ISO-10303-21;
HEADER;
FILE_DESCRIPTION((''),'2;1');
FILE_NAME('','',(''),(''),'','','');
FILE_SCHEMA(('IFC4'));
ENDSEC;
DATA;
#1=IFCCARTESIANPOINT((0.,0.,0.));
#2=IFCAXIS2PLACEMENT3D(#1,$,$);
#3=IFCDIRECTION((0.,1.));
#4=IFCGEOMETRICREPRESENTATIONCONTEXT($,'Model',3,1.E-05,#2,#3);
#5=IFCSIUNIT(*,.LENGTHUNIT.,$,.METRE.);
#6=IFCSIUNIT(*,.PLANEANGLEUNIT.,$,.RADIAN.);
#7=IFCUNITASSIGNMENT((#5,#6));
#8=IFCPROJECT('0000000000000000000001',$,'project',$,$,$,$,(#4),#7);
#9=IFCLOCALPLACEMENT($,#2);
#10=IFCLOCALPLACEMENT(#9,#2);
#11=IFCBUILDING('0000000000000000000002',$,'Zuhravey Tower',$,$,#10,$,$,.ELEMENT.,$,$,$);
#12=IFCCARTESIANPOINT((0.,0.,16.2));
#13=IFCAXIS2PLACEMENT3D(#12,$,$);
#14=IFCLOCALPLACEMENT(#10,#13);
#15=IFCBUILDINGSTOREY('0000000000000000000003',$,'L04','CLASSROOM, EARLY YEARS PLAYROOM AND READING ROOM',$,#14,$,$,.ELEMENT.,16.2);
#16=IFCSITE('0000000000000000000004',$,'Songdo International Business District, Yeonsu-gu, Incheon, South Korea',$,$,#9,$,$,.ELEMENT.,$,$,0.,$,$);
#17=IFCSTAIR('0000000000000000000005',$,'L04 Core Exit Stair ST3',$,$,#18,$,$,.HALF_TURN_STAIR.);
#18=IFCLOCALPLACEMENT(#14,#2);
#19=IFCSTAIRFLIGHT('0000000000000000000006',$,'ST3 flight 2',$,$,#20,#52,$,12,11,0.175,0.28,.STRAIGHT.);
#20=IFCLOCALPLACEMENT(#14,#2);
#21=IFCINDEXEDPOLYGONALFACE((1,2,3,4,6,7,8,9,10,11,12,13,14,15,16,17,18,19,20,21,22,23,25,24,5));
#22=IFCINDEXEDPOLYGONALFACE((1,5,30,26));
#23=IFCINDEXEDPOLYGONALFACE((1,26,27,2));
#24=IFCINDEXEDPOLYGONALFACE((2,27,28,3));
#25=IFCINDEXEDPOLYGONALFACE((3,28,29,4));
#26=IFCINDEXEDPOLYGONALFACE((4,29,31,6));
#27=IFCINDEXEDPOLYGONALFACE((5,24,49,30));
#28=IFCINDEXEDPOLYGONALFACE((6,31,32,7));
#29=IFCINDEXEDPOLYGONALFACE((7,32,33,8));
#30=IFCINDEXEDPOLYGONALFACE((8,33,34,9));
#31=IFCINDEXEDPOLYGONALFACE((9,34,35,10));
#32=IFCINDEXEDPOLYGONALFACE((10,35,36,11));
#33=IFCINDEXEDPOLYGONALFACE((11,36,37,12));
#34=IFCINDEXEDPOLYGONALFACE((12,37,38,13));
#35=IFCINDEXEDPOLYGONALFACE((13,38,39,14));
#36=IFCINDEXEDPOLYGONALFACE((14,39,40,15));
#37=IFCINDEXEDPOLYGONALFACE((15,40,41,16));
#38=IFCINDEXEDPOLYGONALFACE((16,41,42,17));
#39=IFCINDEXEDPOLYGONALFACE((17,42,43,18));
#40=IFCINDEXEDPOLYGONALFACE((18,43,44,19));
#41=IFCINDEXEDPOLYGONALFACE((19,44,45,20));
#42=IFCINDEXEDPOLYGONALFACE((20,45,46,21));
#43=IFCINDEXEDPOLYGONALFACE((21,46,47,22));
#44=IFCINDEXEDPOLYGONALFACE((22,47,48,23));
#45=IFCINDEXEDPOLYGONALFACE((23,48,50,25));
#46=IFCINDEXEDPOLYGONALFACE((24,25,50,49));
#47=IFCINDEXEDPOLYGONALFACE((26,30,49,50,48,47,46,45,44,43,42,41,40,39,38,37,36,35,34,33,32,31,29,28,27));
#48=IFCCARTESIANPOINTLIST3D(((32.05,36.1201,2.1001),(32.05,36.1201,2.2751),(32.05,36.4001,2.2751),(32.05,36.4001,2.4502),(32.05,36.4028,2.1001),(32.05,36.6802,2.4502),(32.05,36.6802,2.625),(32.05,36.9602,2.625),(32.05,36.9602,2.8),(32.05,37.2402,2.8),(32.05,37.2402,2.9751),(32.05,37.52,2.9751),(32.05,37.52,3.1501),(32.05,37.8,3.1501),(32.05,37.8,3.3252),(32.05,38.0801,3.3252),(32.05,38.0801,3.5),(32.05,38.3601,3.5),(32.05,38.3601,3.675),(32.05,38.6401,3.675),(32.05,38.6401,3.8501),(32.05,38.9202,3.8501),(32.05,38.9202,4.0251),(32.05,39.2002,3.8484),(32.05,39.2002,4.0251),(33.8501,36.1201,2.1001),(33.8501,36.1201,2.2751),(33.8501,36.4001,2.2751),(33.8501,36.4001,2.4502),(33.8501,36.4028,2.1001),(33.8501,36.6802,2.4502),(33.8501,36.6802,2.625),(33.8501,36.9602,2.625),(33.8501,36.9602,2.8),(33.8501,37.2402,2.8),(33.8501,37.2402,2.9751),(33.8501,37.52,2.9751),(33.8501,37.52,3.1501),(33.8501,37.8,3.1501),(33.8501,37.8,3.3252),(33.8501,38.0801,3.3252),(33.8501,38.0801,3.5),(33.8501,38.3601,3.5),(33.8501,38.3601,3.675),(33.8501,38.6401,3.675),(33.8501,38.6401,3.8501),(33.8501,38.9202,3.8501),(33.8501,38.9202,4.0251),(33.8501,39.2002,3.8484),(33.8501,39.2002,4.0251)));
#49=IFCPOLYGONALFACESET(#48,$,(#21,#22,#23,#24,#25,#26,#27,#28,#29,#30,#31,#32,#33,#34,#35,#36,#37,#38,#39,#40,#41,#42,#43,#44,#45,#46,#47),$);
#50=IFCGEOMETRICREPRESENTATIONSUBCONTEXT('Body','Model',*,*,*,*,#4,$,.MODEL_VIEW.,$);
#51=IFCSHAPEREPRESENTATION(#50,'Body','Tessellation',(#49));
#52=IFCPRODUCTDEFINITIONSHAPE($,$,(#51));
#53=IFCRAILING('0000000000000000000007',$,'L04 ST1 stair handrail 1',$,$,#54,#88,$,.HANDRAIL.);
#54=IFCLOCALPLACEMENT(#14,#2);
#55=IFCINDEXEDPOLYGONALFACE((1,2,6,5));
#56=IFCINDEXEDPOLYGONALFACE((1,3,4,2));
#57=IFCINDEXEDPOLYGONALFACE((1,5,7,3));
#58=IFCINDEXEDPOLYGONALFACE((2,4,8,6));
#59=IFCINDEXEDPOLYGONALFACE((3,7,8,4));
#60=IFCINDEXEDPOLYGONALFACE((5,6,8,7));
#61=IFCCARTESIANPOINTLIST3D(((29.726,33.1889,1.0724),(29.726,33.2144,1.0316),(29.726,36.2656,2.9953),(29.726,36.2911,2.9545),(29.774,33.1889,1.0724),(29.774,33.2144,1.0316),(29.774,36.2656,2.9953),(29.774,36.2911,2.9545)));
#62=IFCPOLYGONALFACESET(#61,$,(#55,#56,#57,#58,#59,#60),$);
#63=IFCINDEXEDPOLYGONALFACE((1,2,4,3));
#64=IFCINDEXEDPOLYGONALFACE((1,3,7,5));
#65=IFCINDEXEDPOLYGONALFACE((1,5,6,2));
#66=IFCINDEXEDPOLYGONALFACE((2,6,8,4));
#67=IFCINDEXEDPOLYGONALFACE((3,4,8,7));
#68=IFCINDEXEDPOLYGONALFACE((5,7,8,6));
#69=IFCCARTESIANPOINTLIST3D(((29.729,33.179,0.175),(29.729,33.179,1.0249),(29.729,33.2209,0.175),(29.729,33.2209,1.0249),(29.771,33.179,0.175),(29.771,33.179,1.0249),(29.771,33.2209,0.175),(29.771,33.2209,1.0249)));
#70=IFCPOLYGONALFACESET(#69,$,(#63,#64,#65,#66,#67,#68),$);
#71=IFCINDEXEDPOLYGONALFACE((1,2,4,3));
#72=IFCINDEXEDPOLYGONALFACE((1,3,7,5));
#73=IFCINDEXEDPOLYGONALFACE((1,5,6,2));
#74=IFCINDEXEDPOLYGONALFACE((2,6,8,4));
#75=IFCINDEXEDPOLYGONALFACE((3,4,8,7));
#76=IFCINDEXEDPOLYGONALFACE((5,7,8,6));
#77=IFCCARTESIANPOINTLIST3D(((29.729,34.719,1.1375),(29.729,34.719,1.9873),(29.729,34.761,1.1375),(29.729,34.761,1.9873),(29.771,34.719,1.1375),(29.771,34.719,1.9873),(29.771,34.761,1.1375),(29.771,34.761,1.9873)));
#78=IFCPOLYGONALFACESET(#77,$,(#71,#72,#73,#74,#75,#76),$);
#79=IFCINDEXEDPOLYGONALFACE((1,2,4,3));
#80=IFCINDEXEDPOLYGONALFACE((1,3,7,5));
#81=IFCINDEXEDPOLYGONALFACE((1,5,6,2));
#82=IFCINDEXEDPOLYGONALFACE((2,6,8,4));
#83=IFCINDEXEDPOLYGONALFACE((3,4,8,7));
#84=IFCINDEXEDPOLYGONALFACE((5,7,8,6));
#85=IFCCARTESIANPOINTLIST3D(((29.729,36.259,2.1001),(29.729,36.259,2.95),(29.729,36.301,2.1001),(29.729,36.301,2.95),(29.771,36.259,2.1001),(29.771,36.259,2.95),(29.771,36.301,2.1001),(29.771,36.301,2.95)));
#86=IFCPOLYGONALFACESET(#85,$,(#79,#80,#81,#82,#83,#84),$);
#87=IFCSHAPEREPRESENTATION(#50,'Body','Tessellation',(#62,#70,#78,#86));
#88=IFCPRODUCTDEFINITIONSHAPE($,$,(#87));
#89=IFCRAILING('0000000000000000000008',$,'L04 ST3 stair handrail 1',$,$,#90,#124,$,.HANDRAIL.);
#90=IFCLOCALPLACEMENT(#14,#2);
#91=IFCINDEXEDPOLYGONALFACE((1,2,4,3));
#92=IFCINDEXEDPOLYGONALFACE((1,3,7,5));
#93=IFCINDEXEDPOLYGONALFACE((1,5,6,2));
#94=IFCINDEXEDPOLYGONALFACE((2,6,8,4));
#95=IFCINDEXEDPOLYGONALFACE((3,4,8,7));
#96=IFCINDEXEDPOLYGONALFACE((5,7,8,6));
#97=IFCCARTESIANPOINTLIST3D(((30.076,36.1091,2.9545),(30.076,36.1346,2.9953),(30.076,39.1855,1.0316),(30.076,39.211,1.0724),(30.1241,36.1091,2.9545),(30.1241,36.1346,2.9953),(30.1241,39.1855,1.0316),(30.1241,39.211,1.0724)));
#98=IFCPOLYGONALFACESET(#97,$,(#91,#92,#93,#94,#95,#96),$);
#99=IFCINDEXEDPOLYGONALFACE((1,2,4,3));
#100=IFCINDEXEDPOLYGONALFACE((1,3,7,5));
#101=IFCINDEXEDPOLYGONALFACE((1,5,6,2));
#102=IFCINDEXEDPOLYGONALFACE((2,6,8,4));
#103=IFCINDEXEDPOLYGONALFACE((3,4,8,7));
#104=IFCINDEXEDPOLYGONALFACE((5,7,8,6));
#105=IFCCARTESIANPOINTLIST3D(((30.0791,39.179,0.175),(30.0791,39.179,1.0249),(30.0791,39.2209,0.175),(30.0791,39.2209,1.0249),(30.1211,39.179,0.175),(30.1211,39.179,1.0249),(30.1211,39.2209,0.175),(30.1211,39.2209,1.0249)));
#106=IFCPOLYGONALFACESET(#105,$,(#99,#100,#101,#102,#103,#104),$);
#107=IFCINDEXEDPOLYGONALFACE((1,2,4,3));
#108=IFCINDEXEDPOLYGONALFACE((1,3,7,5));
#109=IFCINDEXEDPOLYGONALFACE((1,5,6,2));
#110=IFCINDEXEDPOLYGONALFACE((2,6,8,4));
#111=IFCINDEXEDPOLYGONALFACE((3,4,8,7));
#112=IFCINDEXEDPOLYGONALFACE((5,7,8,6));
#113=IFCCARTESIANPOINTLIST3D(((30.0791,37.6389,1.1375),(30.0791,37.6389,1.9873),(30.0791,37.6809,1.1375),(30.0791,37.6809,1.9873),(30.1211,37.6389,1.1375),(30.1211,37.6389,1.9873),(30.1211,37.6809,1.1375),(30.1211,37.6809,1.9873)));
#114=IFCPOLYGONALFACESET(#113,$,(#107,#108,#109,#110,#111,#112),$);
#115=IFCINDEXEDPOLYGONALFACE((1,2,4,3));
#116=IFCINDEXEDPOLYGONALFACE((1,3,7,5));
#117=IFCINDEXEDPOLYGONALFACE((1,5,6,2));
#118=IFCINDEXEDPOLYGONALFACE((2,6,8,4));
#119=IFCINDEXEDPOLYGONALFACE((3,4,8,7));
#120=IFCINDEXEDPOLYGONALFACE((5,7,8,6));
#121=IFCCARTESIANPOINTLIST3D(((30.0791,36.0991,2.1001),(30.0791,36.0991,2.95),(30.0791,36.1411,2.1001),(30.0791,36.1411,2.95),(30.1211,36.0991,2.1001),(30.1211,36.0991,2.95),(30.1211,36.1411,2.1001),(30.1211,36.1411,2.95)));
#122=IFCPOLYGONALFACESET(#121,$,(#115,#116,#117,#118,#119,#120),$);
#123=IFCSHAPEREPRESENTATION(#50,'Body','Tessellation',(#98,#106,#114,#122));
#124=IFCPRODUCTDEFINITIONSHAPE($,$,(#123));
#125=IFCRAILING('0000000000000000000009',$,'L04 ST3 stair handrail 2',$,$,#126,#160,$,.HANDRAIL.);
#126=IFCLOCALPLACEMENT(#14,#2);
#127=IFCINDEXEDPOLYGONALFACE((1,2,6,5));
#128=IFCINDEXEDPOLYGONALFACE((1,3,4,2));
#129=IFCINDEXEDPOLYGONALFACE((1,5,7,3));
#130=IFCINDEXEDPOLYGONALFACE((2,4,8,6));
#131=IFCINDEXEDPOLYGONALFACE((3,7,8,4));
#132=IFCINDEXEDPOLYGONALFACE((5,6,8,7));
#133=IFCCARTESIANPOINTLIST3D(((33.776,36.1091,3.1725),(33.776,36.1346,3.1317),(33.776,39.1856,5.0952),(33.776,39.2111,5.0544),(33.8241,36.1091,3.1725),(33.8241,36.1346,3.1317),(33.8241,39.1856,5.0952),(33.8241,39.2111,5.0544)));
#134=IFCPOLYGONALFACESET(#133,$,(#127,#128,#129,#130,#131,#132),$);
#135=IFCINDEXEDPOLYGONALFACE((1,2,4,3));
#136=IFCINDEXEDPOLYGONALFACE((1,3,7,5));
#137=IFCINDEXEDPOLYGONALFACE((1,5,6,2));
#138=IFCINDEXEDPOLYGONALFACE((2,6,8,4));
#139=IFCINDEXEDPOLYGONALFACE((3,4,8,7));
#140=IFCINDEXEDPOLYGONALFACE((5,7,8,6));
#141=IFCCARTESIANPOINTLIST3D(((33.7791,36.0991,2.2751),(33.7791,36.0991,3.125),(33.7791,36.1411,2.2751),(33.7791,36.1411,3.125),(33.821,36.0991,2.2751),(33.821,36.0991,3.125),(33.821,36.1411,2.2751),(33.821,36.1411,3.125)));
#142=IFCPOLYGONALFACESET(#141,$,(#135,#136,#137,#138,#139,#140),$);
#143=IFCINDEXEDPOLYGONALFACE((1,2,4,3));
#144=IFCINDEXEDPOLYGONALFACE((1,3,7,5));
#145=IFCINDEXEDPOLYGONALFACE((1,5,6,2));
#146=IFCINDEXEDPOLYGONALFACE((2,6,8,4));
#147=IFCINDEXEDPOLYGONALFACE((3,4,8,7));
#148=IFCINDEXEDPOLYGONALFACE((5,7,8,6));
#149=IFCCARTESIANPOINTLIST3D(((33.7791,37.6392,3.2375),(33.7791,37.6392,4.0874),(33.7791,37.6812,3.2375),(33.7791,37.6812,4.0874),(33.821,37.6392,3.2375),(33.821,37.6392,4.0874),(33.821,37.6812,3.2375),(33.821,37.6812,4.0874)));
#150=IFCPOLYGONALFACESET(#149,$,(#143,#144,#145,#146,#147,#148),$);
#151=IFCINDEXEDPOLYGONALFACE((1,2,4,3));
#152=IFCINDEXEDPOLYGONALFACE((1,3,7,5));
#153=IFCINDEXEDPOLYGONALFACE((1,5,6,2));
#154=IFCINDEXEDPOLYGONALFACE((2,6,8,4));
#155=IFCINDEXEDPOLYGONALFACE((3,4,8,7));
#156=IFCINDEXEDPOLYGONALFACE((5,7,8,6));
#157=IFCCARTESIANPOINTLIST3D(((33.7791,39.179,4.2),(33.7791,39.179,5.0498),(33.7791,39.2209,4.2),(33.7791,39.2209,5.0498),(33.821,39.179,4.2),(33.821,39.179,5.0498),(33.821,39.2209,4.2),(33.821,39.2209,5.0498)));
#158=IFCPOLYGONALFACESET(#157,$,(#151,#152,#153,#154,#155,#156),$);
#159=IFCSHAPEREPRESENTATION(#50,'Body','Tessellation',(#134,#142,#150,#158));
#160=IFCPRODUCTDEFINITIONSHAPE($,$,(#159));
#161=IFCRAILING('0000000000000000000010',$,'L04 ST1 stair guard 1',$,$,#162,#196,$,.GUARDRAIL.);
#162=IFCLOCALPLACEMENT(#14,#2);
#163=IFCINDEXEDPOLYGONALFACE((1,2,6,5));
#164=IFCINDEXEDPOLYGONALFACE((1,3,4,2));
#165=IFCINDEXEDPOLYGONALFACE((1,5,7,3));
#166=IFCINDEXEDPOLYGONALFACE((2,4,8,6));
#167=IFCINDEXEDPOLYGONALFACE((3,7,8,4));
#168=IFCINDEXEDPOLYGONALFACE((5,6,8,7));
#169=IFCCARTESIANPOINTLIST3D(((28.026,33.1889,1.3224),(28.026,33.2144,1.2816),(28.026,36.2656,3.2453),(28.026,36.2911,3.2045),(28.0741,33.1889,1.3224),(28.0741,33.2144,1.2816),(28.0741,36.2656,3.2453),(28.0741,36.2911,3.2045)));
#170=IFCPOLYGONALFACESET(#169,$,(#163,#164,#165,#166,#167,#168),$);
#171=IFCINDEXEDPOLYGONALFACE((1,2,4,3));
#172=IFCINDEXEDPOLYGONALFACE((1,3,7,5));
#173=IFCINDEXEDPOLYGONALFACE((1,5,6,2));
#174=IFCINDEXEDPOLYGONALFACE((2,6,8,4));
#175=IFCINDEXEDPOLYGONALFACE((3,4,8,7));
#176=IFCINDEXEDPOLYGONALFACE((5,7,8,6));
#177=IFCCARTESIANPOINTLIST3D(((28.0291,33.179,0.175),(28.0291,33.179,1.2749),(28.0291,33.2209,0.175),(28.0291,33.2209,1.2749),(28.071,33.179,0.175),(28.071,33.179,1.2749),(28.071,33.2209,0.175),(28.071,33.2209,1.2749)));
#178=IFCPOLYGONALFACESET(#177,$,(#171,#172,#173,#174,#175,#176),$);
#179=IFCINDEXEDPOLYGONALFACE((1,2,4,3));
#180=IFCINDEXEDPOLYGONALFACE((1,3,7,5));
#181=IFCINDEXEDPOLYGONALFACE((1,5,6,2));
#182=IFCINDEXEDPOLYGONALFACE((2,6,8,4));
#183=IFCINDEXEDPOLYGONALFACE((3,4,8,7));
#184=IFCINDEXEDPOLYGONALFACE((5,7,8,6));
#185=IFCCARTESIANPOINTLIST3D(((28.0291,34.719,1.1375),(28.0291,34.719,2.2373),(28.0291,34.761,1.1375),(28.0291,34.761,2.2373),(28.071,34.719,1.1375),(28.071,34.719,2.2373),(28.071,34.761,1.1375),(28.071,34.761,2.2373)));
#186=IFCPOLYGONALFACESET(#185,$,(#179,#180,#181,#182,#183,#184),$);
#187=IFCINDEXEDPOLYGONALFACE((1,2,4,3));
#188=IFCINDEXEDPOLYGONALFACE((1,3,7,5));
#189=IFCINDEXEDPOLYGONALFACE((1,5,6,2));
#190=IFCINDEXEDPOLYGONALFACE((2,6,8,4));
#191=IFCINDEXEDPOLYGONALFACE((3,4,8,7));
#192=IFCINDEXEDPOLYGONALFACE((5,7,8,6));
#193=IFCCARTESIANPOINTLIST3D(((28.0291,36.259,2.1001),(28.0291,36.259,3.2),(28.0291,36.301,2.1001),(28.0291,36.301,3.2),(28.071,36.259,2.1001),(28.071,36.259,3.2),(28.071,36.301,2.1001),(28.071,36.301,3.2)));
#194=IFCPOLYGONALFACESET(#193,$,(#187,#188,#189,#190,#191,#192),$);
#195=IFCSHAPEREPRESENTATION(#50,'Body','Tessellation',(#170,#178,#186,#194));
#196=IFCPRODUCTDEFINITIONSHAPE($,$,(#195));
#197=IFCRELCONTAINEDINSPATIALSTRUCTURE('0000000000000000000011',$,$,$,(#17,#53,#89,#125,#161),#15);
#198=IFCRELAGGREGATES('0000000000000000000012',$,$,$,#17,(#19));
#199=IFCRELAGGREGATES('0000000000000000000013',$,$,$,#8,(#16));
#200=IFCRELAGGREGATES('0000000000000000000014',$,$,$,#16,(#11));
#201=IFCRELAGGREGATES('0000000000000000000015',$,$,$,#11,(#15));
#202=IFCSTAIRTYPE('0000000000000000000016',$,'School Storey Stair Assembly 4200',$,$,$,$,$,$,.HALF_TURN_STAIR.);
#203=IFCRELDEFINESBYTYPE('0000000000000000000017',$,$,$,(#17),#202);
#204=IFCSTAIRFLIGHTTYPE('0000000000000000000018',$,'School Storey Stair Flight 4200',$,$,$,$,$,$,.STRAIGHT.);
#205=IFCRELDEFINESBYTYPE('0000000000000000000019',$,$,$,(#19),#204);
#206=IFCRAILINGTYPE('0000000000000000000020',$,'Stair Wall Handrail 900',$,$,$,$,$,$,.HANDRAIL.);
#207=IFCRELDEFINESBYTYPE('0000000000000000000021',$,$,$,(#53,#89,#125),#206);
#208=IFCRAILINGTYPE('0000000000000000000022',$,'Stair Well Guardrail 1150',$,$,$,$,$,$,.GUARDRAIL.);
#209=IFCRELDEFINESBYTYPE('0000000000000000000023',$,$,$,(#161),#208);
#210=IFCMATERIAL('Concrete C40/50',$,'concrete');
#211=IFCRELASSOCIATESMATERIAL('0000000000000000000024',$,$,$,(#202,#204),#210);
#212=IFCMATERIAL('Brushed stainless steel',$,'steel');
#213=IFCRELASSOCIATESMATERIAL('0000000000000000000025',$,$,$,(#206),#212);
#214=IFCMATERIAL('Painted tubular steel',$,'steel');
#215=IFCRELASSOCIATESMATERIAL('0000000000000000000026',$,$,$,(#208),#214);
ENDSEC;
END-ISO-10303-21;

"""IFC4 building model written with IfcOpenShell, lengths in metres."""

from ifc_helpers import new_model, si_unit, direction, frame, origin, origin_2d, place, context, subcontext, project, spatial, polyline, rectangle, outline, extrude, material, type_object, element, aggregate, save


model = new_model("IFC4")

# Units and contexts
model_context = context("Model", 3, precision=1e-05, world=origin(), true_north=direction((0.0, 1.0)))
body_context = subcontext(model_context, "Body", "Model", "MODEL_VIEW")
ifc_project = project(units=[si_unit("LENGTHUNIT", "METRE"), si_unit("PLANEANGLEUNIT", "RADIAN")], contexts=[model_context])

# Site, building, storey
site_placement = place(None, origin())
site = spatial("IfcSite", under=ifc_project, at=site_placement, Name="Songdo International Business District, Yeonsu-gu, Incheon, South Korea", CompositionType="ELEMENT", RefElevation=0.0)
building_placement = place(site_placement, origin())
building = spatial("IfcBuilding", under=site, at=building_placement, Name="Zuhravey Tower", CompositionType="ELEMENT")
storey_placement = place(building_placement, frame((0.0, 0.0, 16.2)))
storey = spatial("IfcBuildingStorey", under=building, at=storey_placement, Name="L04", Description="CLASSROOM, EARLY YEARS PLAYROOM AND READING ROOM", CompositionType="ELEMENT", Elevation=16.2)

# Stair, stair flight
ifc_material_1 = material(Name="Concrete C40/50", Category="concrete")
stair_type = type_object("IfcStairType", Name="School Storey Stair Assembly 4200", PredefinedType="HALF_TURN_STAIR", material=ifc_material_1)
stair_flight_type = type_object("IfcStairFlightType", Name="School Storey Stair Flight 4200", PredefinedType="STRAIGHT", material=ifc_material_1)
stair_1_placement = place(storey_placement, origin())
stair_1 = element("IfcStair", 1, at=stair_1_placement, inside=storey, type_object=stair_type, Name="L04 Core Exit Stair ST3", PredefinedType="HALF_TURN_STAIR")
stair_flight_1_placement = place(storey_placement, frame((32.95, 36.1201, 2.1001), z_axis=(0.0, 0.0, 1.0), x_axis=(0.0, 1.0, 0.0)))
stair_flight_1 = element("IfcStairFlight", 2, at=stair_flight_1_placement, type_object=stair_flight_type, Name="ST3 flight 2", NumberOfRisers=12, NumberOfTreads=11, PredefinedType="STRAIGHT", RiserHeight=0.175, TreadLength=0.28, context=body_context, shape_type="SweptSolid", body=[
    extrude(outline(polyline([(0.0, 0.0), (0.0, 0.175), (0.28, 0.175), (0.28, 0.3501), (0.5601, 0.3501), (0.5601, 0.5249), (0.8401, 0.5249), (0.8401, 0.7), (1.1201, 0.7), (1.1201, 0.875), (1.3999, 0.875), (1.3999, 1.05), (1.6799, 1.05), (1.6799, 1.2251), (1.96, 1.2251), (1.96, 1.3999), (2.24, 1.3999), (2.24, 1.575), (2.52, 1.575), (2.52, 1.75), (2.8, 1.75), (2.8, 1.925), (3.0801, 1.925), (3.0801, 2.1001), (3.0801, 1.7483), (0.2827, 0.0), (0.0, 0.0)])), frame((0.0, 0.8999, 0.0), z_axis=(0.0, -1.0, 0.0), x_axis=(1.0, 0.0, 0.0)), (0.0, 0.0, 1.0), 1.8),
])
aggregate(stair_1, [stair_flight_1])

# Railings
ifc_material_2 = material(Name="Brushed stainless steel", Category="steel")
railing_type_1 = type_object("IfcRailingType", Name="Stair Wall Handrail 900", PredefinedType="HANDRAIL", material=ifc_material_2)
railing_1_placement = place(storey_placement, frame((29.75, 33.2, 0.175)))
element("IfcRailing", 3, at=railing_1_placement, inside=storey, type_object=railing_type_1, Name="L04 ST1 stair handrail 1", PredefinedType="HANDRAIL", context=body_context, shape_type="SweptSolid", body=[
    extrude(rectangle(XDim=0.0481, YDim=0.0481, at=origin_2d()), frame((0.0, 0.0017, 0.877), z_axis=(0.0, 0.847998, 0.529999), x_axis=(-1.0, 0.0, 0.0)), (0.0, 0.0, 1.0), 3.6282),
    extrude(rectangle(XDim=0.042, YDim=0.042, at=origin_2d()), origin(), (0.0, 0.0, 1.0), 0.8499),
    extrude(rectangle(XDim=0.042, YDim=0.042, at=origin_2d()), frame((0.0, 1.54, 0.9624)), (0.0, 0.0, 1.0), 0.8499),
    extrude(rectangle(XDim=0.042, YDim=0.042, at=origin_2d()), frame((0.0, 3.0801, 1.925)), (0.0, 0.0, 1.0), 0.8499),
])
railing_2_placement = place(storey_placement, frame((30.1001, 39.2, 0.175)))
element("IfcRailing", 4, at=railing_2_placement, inside=storey, type_object=railing_type_1, Name="L04 ST3 stair handrail 1", PredefinedType="HANDRAIL", context=body_context, shape_type="SweptSolid", body=[
    extrude(rectangle(XDim=0.0481, YDim=0.0481, at=origin_2d()), frame((0.0, -0.0017, 0.877), z_axis=(0.0, -0.847979, 0.530029), x_axis=(1.0, 0.0, 0.0)), (0.0, 0.0, 1.0), 3.6279),
    extrude(rectangle(XDim=0.042, YDim=0.042, at=origin_2d()), origin(), (0.0, 0.0, 1.0), 0.8499),
    extrude(rectangle(XDim=0.042, YDim=0.042, at=origin_2d()), frame((0.0, -1.54, 0.9624)), (0.0, 0.0, 1.0), 0.8499),
    extrude(rectangle(XDim=0.042, YDim=0.042, at=origin_2d()), frame((0.0, -3.0798, 1.925)), (0.0, 0.0, 1.0), 0.8499),
])
railing_3_placement = place(storey_placement, frame((33.8, 36.1201, 2.2751)))
element("IfcRailing", 5, at=railing_3_placement, inside=storey, type_object=railing_type_1, Name="L04 ST3 stair handrail 2", PredefinedType="HANDRAIL", context=body_context, shape_type="SweptSolid", body=[
    extrude(rectangle(XDim=0.0481, YDim=0.0481, at=origin_2d()), frame((0.0, 0.0017, 0.877), z_axis=(0.0, 0.84801, 0.529981), x_axis=(-1.0, 0.0, 0.0)), (0.0, 0.0, 1.0), 3.6279),
    extrude(rectangle(XDim=0.042, YDim=0.042, at=origin_2d()), origin(), (0.0, 0.0, 1.0), 0.8499),
    extrude(rectangle(XDim=0.042, YDim=0.042, at=origin_2d()), frame((0.0, 1.54, 0.9624)), (0.0, 0.0, 1.0), 0.8499),
    extrude(rectangle(XDim=0.042, YDim=0.042, at=origin_2d()), frame((0.0, 3.0798, 1.9248)), (0.0, 0.0, 1.0), 0.8499),
])
ifc_material_3 = material(Name="Painted tubular steel", Category="steel")
railing_type_2 = type_object("IfcRailingType", Name="Stair Well Guardrail 1150", PredefinedType="GUARDRAIL", material=ifc_material_3)
railing_4_placement = place(storey_placement, frame((28.05, 33.2, 0.175)))
element("IfcRailing", 6, at=railing_4_placement, inside=storey, type_object=railing_type_2, Name="L04 ST1 stair guard 1", PredefinedType="GUARDRAIL", context=body_context, shape_type="SweptSolid", body=[
    extrude(rectangle(XDim=0.0481, YDim=0.0481, at=origin_2d()), frame((0.0, 0.0017, 1.127), z_axis=(0.0, 0.847998, 0.529999), x_axis=(-1.0, 0.0, 0.0)), (0.0, 0.0, 1.0), 3.6282),
    extrude(rectangle(XDim=0.042, YDim=0.042, at=origin_2d()), origin(), (0.0, 0.0, 1.0), 1.0999),
    extrude(rectangle(XDim=0.042, YDim=0.042, at=origin_2d()), frame((0.0, 1.54, 0.9624)), (0.0, 0.0, 1.0), 1.0999),
    extrude(rectangle(XDim=0.042, YDim=0.042, at=origin_2d()), frame((0.0, 3.0801, 1.925)), (0.0, 0.0, 1.0), 1.0999),
])

save(model, "model.ifc")
